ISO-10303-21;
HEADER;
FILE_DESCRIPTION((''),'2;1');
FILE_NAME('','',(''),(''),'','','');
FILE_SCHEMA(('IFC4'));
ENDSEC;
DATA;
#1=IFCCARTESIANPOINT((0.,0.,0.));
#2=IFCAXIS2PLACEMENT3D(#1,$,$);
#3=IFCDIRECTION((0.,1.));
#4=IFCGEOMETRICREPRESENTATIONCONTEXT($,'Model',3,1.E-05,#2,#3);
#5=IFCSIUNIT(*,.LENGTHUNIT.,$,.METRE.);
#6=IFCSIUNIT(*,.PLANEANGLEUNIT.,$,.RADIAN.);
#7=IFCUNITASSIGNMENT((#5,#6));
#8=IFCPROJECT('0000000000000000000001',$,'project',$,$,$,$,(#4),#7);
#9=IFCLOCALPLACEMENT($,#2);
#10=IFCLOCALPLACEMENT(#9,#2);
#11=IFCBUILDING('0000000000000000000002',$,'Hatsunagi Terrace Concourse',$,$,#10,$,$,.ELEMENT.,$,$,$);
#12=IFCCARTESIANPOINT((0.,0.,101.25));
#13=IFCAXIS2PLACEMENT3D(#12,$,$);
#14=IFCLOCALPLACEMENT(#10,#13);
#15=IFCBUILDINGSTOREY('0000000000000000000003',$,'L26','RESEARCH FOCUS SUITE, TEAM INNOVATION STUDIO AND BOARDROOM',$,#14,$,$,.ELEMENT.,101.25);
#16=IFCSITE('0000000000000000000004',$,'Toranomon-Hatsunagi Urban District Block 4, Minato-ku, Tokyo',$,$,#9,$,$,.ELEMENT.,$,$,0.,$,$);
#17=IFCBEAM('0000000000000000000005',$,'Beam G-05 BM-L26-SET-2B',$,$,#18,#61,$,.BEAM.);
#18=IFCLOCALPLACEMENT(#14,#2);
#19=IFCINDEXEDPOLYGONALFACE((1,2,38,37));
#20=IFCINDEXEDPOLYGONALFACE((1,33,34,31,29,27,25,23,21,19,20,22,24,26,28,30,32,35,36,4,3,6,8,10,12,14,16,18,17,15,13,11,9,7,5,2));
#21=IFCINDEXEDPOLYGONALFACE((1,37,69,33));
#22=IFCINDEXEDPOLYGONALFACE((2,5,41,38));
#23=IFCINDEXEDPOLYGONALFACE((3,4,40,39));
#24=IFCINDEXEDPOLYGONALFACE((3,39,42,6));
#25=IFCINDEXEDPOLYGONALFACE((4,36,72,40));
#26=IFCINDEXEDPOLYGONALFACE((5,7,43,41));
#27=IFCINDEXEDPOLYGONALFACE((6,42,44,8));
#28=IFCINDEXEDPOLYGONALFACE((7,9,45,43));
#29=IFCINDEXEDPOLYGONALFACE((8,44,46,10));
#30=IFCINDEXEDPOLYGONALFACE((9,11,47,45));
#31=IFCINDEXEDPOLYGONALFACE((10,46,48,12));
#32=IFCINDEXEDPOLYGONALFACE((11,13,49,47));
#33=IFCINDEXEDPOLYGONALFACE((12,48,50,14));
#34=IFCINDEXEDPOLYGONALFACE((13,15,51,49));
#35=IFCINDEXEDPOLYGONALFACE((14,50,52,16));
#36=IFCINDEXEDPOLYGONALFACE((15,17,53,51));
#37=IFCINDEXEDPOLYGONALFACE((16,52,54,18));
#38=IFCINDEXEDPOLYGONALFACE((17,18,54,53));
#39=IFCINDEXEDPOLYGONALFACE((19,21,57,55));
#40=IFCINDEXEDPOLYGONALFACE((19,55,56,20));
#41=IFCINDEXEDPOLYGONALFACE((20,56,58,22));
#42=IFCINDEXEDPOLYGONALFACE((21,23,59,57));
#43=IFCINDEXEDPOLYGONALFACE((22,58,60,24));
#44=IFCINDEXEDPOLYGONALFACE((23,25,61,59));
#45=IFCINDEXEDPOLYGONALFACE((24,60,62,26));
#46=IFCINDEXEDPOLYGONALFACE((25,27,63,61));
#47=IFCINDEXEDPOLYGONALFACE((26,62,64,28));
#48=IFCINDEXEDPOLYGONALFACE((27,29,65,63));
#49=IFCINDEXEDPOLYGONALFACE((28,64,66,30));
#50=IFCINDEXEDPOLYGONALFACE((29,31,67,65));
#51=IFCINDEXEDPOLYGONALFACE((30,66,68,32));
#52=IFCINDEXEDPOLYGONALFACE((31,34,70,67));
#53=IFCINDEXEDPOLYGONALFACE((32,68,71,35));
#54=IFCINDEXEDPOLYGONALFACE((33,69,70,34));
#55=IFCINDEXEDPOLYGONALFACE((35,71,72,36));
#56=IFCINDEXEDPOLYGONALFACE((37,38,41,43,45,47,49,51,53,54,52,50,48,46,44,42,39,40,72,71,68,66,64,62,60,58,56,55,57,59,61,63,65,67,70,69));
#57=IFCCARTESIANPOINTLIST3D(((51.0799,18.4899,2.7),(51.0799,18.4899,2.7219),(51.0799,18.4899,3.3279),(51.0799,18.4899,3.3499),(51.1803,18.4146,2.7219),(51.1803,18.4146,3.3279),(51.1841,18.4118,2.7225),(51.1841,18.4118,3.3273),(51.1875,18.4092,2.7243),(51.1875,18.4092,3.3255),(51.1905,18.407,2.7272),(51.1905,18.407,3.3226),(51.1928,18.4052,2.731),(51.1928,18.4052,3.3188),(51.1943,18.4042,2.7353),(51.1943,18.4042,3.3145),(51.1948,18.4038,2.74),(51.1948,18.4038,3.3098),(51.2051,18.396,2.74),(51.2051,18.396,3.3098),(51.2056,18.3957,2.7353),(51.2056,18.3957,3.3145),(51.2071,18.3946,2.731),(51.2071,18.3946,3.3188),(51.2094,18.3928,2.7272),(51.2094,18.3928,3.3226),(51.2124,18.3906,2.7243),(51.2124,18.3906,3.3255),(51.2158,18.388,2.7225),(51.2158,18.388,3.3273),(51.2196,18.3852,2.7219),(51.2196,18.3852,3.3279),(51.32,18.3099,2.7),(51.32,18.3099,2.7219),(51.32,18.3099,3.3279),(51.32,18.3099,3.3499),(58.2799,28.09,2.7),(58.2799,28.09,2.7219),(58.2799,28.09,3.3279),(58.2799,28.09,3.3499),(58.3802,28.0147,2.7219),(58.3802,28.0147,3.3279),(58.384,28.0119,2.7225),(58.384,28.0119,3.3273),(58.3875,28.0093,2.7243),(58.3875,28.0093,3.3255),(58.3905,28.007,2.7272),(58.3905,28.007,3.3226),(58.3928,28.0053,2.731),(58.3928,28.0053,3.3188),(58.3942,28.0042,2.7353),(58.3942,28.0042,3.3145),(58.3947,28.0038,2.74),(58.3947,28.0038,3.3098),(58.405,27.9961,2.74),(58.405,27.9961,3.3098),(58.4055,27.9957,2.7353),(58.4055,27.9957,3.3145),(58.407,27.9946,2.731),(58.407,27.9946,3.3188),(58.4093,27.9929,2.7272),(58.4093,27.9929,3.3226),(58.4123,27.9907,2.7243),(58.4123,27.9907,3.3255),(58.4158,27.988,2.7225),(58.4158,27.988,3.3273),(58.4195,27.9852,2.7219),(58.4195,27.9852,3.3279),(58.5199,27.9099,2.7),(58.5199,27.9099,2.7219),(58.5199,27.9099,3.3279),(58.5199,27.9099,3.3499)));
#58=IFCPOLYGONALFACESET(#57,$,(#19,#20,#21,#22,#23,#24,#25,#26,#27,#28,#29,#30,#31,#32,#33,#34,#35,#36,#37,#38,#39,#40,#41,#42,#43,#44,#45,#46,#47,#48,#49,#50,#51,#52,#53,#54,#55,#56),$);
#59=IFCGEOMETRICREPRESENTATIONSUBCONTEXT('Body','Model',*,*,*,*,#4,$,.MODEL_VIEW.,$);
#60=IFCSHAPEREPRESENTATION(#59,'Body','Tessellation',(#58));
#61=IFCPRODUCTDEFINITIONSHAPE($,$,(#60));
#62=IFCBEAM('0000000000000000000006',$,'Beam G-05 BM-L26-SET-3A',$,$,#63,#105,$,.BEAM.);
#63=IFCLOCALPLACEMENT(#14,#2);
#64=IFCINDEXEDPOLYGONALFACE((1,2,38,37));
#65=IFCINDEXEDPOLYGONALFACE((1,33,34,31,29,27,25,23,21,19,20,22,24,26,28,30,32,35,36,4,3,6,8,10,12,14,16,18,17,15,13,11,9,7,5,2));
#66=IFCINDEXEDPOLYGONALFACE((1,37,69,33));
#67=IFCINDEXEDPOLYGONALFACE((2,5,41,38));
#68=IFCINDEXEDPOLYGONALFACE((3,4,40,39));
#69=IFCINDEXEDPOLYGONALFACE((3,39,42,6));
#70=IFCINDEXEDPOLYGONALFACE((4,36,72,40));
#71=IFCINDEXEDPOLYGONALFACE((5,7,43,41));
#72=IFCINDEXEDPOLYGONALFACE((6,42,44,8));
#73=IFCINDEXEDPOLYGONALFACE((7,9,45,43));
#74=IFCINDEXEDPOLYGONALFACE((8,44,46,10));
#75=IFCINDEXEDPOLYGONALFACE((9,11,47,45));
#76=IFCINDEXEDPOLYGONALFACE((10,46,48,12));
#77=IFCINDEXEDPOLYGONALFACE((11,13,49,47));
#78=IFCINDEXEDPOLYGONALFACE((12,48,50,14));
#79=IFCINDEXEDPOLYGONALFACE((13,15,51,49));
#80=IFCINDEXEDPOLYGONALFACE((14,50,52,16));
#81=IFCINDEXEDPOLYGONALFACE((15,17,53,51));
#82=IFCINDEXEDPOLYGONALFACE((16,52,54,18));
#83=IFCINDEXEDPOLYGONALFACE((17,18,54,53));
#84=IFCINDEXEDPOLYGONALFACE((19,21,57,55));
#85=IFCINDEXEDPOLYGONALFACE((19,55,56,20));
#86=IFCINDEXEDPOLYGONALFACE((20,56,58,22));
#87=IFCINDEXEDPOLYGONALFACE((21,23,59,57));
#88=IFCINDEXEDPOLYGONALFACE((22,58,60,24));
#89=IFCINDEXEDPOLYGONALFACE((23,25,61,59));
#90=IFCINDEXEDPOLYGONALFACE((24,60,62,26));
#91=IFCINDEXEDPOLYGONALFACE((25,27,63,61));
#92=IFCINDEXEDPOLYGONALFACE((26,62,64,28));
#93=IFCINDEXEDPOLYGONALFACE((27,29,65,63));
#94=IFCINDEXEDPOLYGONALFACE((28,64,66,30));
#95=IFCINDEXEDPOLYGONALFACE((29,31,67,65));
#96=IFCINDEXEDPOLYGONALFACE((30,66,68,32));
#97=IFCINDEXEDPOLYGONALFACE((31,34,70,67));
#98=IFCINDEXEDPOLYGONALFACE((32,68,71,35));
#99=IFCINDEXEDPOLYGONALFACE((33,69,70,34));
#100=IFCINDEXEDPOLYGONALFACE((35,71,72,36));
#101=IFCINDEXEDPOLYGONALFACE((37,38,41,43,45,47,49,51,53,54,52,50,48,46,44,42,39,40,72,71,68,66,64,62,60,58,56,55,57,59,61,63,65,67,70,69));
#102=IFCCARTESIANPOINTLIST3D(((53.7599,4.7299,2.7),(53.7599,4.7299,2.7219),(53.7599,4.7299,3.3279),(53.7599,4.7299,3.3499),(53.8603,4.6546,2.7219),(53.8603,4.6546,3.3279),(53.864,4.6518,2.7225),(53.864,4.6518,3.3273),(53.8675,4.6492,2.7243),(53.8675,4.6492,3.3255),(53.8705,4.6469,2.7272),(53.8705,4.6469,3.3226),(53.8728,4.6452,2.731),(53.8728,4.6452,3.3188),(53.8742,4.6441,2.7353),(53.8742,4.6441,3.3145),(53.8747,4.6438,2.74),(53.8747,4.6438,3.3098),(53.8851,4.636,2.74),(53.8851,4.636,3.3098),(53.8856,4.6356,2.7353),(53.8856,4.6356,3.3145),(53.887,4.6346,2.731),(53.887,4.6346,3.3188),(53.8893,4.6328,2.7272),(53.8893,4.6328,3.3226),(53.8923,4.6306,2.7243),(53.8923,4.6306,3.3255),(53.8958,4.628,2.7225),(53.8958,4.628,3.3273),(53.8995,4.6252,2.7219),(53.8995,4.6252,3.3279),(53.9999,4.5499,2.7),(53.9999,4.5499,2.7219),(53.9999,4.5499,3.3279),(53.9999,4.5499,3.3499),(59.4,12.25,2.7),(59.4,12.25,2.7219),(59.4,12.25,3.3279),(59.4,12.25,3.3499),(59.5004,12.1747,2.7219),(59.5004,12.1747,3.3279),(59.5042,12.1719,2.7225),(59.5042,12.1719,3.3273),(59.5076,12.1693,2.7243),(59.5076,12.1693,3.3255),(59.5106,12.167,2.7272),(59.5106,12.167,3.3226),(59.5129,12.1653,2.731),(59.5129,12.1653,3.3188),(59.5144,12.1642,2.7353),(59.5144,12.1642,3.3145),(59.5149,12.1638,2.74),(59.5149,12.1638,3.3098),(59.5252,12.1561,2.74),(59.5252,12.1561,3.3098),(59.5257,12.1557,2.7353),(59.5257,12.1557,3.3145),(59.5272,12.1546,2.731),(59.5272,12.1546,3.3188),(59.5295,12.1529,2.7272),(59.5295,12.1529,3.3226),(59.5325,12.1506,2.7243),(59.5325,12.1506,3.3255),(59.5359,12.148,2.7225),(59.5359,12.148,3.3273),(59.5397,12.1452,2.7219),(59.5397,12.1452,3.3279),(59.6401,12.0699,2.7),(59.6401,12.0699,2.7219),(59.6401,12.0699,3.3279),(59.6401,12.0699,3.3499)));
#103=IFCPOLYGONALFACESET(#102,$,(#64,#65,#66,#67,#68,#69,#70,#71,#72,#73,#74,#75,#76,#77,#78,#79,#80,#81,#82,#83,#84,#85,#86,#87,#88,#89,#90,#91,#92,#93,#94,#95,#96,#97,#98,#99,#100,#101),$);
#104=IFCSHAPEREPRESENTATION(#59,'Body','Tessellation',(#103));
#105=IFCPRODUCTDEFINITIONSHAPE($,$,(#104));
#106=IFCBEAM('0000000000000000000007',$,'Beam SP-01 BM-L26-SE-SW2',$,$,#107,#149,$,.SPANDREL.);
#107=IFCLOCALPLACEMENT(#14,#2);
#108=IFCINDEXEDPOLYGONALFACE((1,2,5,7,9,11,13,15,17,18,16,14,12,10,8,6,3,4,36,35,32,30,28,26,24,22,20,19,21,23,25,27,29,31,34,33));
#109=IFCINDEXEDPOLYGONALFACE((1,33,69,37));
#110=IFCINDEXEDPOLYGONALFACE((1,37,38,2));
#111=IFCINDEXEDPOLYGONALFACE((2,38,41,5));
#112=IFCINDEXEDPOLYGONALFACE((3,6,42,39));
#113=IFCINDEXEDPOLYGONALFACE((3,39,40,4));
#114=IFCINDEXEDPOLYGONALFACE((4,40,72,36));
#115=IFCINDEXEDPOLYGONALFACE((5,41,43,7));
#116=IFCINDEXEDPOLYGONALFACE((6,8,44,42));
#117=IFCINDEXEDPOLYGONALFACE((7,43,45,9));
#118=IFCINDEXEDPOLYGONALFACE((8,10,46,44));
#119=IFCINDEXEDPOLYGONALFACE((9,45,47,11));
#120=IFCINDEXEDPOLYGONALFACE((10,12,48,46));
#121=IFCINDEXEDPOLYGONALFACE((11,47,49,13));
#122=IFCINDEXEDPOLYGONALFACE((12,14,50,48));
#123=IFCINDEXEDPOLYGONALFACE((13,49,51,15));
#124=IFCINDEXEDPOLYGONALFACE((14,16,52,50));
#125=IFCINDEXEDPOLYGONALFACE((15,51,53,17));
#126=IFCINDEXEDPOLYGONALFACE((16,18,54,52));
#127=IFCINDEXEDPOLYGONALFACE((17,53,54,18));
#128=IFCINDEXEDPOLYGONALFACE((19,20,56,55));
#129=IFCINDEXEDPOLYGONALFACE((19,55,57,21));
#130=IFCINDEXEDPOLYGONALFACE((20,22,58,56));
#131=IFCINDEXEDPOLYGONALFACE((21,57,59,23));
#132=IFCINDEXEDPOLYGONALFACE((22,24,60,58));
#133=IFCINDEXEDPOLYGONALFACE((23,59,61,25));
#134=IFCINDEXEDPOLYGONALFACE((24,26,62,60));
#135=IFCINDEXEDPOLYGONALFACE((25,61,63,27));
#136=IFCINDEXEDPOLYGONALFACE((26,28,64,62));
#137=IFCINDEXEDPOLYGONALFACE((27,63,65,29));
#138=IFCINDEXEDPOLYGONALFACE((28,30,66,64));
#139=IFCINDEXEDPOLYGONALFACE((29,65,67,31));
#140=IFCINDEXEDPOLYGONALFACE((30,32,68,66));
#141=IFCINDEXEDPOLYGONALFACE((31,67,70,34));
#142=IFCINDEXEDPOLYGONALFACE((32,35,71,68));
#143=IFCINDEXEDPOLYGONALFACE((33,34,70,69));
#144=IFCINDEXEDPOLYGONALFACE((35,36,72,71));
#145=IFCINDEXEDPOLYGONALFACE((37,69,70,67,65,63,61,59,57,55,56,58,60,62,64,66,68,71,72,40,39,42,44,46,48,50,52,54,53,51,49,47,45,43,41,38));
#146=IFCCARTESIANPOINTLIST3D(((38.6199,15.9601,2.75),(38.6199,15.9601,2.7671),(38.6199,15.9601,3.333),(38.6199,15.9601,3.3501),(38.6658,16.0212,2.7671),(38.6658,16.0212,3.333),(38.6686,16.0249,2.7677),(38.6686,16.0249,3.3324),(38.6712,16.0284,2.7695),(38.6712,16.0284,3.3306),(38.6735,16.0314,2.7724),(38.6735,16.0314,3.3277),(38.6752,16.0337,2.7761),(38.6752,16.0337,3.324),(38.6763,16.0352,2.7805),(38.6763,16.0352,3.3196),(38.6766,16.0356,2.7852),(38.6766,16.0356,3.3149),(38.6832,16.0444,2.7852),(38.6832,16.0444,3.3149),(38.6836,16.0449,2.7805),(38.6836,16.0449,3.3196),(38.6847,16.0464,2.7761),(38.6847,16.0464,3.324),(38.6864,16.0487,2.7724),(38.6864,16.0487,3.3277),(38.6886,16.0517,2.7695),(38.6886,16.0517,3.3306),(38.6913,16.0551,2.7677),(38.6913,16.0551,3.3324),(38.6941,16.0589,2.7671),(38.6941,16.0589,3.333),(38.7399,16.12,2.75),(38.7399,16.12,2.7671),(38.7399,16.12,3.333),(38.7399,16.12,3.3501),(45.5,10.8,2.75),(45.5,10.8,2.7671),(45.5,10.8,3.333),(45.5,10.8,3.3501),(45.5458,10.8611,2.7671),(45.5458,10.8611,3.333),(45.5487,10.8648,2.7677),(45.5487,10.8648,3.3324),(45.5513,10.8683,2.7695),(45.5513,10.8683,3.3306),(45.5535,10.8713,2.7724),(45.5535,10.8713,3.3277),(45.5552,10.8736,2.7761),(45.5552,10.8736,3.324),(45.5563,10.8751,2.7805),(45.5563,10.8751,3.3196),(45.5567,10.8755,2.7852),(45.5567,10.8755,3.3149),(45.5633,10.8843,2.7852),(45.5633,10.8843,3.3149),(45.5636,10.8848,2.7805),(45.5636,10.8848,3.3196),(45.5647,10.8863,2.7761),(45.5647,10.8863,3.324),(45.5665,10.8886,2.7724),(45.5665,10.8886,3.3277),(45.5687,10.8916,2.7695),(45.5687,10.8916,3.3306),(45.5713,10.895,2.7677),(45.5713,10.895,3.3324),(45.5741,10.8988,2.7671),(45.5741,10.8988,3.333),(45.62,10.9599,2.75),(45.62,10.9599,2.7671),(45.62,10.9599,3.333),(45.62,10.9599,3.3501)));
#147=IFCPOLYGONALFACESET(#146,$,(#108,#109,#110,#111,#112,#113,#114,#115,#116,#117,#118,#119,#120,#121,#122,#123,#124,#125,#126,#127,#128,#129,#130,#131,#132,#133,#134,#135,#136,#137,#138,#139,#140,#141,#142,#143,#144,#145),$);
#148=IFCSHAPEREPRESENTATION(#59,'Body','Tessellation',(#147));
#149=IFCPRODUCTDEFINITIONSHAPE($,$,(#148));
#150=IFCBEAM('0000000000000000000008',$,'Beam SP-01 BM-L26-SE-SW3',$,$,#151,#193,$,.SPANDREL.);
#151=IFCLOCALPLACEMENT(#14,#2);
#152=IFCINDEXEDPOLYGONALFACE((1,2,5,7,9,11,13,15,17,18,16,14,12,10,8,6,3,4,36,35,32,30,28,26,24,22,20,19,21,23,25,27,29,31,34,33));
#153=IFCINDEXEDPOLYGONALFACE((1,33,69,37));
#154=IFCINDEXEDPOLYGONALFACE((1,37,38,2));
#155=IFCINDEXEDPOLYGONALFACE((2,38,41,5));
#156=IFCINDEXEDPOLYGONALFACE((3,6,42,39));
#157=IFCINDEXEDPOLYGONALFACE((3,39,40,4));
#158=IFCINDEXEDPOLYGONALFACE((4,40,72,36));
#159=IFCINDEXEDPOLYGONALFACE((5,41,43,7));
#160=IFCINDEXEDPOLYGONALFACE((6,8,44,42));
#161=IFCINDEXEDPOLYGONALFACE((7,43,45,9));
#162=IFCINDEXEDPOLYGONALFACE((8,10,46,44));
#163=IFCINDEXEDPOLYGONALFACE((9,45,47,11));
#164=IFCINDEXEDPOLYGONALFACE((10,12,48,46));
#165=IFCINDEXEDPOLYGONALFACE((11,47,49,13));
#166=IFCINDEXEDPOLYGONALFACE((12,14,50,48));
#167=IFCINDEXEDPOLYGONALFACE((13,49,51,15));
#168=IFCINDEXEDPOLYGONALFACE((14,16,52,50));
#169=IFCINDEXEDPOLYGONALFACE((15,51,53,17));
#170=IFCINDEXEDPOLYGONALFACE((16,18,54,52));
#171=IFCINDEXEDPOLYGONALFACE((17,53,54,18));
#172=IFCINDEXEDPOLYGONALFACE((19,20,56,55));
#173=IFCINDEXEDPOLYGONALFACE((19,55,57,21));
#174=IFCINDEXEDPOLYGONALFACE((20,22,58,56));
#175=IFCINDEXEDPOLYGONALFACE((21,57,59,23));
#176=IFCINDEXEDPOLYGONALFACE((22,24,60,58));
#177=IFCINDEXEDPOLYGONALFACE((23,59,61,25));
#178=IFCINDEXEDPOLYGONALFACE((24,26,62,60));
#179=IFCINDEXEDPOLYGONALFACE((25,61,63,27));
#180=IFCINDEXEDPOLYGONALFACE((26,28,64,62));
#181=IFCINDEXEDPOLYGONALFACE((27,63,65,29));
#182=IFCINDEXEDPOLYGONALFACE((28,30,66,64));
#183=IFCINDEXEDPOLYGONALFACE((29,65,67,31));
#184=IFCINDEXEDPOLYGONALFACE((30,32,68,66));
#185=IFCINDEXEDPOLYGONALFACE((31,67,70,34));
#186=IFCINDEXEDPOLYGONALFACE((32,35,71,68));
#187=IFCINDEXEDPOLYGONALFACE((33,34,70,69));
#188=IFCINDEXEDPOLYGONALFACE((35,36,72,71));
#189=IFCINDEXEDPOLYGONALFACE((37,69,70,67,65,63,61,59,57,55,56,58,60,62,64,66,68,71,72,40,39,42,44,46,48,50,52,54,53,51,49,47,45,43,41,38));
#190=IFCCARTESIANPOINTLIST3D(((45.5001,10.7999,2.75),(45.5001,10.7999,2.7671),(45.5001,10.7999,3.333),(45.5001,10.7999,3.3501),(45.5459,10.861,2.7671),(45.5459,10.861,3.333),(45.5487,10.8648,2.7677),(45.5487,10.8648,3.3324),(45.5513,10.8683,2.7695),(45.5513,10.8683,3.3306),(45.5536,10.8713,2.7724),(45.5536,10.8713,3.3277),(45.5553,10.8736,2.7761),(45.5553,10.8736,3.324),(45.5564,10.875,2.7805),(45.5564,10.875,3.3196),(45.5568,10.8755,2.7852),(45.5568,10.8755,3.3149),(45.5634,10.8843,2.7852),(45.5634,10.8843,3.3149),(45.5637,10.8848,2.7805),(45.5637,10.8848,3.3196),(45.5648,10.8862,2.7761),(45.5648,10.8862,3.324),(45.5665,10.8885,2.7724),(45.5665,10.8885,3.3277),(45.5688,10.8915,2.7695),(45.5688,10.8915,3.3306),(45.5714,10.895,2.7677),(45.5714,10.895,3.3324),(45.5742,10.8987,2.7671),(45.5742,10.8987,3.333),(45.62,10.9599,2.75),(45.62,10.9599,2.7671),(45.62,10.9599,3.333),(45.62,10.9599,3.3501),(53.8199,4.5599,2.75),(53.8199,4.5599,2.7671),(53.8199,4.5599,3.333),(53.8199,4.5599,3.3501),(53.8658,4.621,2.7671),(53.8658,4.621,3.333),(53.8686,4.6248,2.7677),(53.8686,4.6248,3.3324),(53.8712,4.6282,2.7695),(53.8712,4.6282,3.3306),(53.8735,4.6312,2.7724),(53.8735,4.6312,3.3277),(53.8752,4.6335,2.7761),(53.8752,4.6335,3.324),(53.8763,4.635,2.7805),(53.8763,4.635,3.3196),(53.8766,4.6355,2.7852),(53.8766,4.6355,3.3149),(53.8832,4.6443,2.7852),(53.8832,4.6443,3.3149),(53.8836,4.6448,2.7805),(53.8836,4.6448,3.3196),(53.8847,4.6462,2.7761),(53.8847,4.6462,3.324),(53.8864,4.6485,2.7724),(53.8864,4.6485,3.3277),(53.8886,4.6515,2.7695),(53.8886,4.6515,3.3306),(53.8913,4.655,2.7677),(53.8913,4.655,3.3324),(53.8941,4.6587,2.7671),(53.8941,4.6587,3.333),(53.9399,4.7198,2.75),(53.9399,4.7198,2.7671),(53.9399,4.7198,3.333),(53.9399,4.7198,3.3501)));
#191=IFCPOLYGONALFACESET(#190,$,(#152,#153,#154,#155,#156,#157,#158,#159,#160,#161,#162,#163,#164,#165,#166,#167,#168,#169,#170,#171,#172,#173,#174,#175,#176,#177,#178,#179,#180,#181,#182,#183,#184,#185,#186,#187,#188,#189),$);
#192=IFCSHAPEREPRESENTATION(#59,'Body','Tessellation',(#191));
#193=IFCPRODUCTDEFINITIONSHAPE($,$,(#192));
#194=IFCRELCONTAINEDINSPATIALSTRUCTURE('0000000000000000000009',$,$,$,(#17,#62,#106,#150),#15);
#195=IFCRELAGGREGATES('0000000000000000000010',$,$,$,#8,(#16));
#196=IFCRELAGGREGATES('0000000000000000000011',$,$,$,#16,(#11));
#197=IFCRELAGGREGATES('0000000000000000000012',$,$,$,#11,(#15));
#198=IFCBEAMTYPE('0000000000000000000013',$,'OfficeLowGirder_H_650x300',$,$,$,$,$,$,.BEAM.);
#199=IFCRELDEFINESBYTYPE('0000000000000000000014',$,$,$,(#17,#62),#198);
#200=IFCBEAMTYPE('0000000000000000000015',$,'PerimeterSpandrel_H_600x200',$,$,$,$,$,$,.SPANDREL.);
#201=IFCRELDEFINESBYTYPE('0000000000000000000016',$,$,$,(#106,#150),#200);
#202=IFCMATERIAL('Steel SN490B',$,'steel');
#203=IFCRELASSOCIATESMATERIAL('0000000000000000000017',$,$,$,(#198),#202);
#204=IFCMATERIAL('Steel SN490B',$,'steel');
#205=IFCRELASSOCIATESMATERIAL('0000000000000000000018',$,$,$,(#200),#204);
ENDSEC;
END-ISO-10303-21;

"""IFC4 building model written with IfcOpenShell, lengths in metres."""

from ifc_helpers import new_model, si_unit, direction, frame, origin, origin_2d, place, context, subcontext, project, spatial, i_section, extrude, material, material_profile, profile_set, type_object, element, save


model = new_model("IFC4")

# Units and contexts
model_context = context("Model", 3, precision=1e-05, world=origin(), true_north=direction((0.0, 1.0)))
body_context = subcontext(model_context, "Body", "Model", "MODEL_VIEW")
ifc_project = project(units=[si_unit("LENGTHUNIT", "METRE"), si_unit("PLANEANGLEUNIT", "RADIAN")], contexts=[model_context])

# Site, building, storey
site_placement = place(None, origin())
site = spatial("IfcSite", under=ifc_project, at=site_placement, Name="Toranomon-Hatsunagi Urban District Block 4, Minato-ku, Tokyo", CompositionType="ELEMENT", RefElevation=0.0)
building_placement = place(site_placement, origin())
building = spatial("IfcBuilding", under=site, at=building_placement, Name="Hatsunagi Terrace Concourse", CompositionType="ELEMENT")
storey_placement = place(building_placement, frame((0.0, 0.0, 101.25)))
storey = spatial("IfcBuildingStorey", under=building, at=storey_placement, Name="L26", Description="RESEARCH FOCUS SUITE, TEAM INNOVATION STUDIO AND BOARDROOM", CompositionType="ELEMENT", Elevation=101.25)

# Beams
ifc_material_1 = material(Name="Steel SN490B", Category="steel")
ifc_material_profile_1 = material_profile(ifc_material_1, i_section(OverallWidth=0.3, OverallDepth=0.6499, WebThickness=0.0129, FlangeThickness=0.022, FilletRadius=0.0181, at=origin_2d()), Name="H-650x300x13x22")
ifc_profile_set_1 = profile_set([ifc_material_profile_1], Name="Steel SN490B")
beam_type_1 = type_object("IfcBeamType", Name="OfficeLowGirder_H_650x300", PredefinedType="BEAM", material=ifc_profile_set_1)
beam_1_placement = place(storey_placement, frame((51.2, 18.3999, 3.0249), z_axis=(0.599993, 0.800005, 0.0), x_axis=(-0.800005, 0.599993, 0.0)))
element("IfcBeam", 1, at=beam_1_placement, inside=storey, type_object=beam_type_1, Name="Beam G-05 BM-L26-SET-2B", PredefinedType="BEAM", context=body_context, shape_type="SweptSolid", body=[
    extrude(i_section(OverallWidth=0.3, OverallDepth=0.6499, WebThickness=0.0129, FlangeThickness=0.022, FilletRadius=0.0181, at=origin_2d()), origin(), (0.0, 0.0, 1.0), 12.0),
])
beam_2_placement = place(storey_placement, frame((53.8799, 4.6399, 3.0249), z_axis=(0.600008, 0.799994, 0.0), x_axis=(-0.799994, 0.600008, 0.0)))
element("IfcBeam", 2, at=beam_2_placement, inside=storey, type_object=beam_type_1, Name="Beam G-05 BM-L26-SET-3A", PredefinedType="BEAM", context=body_context, shape_type="SweptSolid", body=[
    extrude(i_section(OverallWidth=0.3, OverallDepth=0.6499, WebThickness=0.0129, FlangeThickness=0.022, FilletRadius=0.0181, at=origin_2d()), origin(), (0.0, 0.0, 1.0), 9.4001),
])
ifc_material_2 = material(Name="Steel SN490B", Category="steel")
ifc_material_profile_2 = material_profile(ifc_material_2, i_section(OverallWidth=0.2, OverallDepth=0.6001, WebThickness=0.011, FlangeThickness=0.0171, FilletRadius=0.0181, at=origin_2d()), Name="H-600x200x11x17")
ifc_profile_set_2 = profile_set([ifc_material_profile_2], Name="Steel SN490B")
beam_type_2 = type_object("IfcBeamType", Name="PerimeterSpandrel_H_600x200", PredefinedType="SPANDREL", material=ifc_profile_set_2)
beam_3_placement = place(storey_placement, frame((38.6799, 16.04, 3.05), z_axis=(0.799997, -0.600005, 0.0), x_axis=(0.600005, 0.799997, 0.0)))
element("IfcBeam", 3, at=beam_3_placement, inside=storey, type_object=beam_type_2, Name="Beam SP-01 BM-L26-SE-SW2", PredefinedType="SPANDREL", context=body_context, shape_type="SweptSolid", body=[
    extrude(i_section(OverallWidth=0.2, OverallDepth=0.6001, WebThickness=0.011, FlangeThickness=0.0171, FilletRadius=0.0181, at=origin_2d()), origin(), (0.0, 0.0, 1.0), 8.6001),
])
beam_4_placement = place(storey_placement, frame((45.5601, 10.8799, 3.05), z_axis=(0.799994, -0.600008, 0.0), x_axis=(0.600008, 0.799994, 0.0)))
element("IfcBeam", 4, at=beam_4_placement, inside=storey, type_object=beam_type_2, Name="Beam SP-01 BM-L26-SE-SW3", PredefinedType="SPANDREL", context=body_context, shape_type="SweptSolid", body=[
    extrude(i_section(OverallWidth=0.2, OverallDepth=0.6001, WebThickness=0.011, FlangeThickness=0.0171, FilletRadius=0.0181, at=origin_2d()), origin(), (0.0, 0.0, 1.0), 10.3999),
])

save(model, "model.ifc")
